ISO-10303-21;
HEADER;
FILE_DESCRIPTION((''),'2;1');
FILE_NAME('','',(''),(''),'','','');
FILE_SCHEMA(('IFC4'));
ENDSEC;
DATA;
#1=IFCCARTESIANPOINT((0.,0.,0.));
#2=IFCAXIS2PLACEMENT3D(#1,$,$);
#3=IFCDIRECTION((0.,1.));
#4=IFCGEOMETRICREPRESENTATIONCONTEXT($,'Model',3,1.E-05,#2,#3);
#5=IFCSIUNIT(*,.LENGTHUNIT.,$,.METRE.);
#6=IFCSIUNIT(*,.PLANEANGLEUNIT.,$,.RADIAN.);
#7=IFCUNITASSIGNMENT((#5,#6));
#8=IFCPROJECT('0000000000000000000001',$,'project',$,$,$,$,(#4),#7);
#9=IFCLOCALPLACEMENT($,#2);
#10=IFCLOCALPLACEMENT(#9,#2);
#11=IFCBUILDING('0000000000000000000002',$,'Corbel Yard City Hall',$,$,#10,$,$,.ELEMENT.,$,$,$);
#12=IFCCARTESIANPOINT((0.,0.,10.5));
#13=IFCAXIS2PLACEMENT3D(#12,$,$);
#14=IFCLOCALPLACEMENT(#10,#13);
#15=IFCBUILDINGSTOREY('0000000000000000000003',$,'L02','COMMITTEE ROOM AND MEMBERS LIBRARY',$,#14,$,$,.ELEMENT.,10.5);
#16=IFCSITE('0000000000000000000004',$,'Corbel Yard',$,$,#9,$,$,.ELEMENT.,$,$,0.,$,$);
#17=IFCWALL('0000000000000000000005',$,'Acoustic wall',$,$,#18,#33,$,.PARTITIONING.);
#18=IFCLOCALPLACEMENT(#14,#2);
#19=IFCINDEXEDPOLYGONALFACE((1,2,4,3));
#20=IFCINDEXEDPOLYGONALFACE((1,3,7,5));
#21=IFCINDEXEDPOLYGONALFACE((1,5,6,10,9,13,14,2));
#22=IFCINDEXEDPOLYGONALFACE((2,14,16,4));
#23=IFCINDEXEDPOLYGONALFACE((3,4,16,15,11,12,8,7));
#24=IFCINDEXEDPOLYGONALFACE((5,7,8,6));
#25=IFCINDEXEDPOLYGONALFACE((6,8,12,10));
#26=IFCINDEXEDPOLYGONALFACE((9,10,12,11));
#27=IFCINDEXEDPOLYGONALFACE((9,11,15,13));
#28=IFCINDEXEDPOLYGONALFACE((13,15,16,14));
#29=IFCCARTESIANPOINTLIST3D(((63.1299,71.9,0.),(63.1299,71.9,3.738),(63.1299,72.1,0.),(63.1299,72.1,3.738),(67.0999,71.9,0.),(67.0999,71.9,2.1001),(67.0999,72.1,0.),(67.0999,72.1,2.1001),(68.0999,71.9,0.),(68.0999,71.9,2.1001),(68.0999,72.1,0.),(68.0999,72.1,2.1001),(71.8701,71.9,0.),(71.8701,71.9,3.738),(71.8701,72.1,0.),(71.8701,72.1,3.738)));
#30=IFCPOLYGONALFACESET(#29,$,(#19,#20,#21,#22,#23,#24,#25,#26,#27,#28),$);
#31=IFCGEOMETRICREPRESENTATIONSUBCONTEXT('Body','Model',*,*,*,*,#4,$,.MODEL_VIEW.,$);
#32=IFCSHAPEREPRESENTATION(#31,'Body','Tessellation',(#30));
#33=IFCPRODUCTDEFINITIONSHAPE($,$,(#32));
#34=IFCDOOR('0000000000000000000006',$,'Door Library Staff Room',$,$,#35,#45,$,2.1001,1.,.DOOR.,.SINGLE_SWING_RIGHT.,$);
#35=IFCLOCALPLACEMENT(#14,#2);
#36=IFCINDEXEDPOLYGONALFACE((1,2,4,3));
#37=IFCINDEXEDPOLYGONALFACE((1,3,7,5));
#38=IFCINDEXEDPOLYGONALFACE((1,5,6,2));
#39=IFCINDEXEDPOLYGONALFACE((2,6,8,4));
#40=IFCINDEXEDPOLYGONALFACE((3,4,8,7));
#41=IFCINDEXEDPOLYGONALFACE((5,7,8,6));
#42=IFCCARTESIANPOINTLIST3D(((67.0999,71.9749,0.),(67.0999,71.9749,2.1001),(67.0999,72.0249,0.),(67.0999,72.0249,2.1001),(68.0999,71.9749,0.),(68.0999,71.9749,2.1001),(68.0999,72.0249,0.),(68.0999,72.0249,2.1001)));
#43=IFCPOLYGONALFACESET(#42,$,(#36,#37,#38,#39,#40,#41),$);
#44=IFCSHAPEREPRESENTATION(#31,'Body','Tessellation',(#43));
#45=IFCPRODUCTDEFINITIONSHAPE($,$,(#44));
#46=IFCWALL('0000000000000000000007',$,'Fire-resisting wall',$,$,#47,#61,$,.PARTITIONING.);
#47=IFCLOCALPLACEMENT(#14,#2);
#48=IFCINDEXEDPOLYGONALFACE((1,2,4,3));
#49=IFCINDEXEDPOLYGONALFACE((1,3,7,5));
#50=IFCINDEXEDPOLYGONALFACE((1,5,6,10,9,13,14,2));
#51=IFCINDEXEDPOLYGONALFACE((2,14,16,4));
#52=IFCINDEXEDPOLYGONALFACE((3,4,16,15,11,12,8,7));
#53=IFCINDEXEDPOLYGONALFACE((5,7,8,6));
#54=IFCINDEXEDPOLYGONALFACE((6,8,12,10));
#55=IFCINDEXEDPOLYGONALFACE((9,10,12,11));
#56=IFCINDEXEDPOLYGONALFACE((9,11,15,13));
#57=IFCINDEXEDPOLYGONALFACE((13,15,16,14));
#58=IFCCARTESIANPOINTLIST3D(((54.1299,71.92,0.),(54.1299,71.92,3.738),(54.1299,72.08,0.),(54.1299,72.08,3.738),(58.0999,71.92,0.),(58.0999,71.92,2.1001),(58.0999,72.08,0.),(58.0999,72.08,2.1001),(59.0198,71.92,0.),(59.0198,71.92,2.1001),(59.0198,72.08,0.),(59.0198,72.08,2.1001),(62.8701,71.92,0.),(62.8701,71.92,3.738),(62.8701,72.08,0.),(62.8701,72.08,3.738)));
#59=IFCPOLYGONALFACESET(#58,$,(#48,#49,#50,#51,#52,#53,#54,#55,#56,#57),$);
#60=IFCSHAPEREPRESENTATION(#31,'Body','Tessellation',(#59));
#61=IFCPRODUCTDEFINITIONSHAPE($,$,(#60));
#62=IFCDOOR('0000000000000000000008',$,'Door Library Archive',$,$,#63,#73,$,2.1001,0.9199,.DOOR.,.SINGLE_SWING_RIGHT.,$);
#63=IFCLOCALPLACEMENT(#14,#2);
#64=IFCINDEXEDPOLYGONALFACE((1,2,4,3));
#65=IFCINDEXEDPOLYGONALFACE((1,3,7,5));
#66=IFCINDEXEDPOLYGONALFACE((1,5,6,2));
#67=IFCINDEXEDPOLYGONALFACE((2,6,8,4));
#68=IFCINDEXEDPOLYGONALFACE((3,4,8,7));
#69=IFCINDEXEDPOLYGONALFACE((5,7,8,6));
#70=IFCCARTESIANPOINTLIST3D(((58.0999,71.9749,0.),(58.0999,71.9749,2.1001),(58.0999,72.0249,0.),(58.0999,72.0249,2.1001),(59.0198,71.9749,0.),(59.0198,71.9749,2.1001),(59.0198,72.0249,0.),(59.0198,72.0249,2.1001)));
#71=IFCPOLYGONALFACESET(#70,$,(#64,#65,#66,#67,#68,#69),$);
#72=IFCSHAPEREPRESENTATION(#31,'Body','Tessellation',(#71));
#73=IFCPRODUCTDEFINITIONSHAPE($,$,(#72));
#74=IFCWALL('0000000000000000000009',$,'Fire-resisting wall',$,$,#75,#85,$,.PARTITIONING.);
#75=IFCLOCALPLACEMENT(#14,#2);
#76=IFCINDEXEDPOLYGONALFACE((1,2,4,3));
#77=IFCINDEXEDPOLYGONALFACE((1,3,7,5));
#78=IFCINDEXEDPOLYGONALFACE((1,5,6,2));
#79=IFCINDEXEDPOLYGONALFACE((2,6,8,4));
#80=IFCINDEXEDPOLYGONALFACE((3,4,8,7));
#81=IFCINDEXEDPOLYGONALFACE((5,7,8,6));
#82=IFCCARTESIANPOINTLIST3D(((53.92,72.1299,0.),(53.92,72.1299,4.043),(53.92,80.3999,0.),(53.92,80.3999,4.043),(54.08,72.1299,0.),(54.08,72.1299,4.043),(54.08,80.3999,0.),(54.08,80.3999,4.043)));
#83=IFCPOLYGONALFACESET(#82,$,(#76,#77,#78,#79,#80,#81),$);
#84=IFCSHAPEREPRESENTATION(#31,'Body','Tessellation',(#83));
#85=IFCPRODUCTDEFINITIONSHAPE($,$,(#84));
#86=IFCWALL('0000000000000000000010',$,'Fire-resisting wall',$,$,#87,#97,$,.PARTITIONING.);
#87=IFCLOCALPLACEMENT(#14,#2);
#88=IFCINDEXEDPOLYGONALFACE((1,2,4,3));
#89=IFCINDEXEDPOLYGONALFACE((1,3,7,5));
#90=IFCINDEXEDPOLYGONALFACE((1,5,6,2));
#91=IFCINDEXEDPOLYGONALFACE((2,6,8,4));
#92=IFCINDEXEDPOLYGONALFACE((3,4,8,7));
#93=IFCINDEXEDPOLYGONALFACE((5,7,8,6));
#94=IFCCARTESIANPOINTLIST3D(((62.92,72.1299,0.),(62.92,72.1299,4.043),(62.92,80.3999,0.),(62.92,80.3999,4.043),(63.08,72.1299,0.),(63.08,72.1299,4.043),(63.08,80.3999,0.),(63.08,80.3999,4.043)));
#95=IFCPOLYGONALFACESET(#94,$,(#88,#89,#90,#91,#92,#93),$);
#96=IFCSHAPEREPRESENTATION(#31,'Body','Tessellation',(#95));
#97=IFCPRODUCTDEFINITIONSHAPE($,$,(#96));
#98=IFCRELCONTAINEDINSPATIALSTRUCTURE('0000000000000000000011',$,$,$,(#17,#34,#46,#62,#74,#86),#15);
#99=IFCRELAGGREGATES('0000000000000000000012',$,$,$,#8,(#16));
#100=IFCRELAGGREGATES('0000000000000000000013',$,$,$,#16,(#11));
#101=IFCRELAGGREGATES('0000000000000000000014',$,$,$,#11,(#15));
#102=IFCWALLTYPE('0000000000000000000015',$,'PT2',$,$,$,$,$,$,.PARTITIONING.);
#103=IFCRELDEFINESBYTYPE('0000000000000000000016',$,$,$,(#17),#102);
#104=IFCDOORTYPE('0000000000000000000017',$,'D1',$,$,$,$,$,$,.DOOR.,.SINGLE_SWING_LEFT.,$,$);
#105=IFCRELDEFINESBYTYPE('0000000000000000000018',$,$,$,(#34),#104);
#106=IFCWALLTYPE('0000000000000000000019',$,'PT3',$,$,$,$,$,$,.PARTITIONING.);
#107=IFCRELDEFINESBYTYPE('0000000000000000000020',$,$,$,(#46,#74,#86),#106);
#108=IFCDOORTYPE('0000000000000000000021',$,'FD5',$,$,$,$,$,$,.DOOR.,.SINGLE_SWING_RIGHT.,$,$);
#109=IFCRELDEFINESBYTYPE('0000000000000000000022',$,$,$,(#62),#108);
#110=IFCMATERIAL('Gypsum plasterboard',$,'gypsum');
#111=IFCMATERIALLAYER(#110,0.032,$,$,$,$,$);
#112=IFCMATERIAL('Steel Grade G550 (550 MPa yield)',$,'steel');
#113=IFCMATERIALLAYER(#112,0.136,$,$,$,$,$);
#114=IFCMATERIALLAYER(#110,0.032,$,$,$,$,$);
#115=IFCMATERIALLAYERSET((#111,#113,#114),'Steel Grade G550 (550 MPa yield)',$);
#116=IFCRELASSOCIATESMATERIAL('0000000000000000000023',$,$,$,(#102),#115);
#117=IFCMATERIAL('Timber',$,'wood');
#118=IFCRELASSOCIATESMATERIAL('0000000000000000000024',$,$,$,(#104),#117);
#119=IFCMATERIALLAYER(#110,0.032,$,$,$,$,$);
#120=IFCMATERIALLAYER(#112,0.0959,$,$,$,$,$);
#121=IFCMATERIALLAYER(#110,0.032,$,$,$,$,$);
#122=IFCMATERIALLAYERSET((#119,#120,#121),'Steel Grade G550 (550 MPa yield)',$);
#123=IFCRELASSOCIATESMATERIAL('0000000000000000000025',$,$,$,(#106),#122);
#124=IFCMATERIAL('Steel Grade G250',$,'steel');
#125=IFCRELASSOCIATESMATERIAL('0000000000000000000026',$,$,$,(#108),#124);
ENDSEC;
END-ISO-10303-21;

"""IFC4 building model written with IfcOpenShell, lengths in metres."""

from ifc_helpers import new_model, si_unit, direction, frame, frame_2d, origin, place, context, subcontext, project, spatial, rectangle, extrude, material, layer, layer_set, type_object, element, fill, save


model = new_model("IFC4")

# Units and contexts
model_context = context("Model", 3, precision=1e-05, world=origin(), true_north=direction((0.0, 1.0)))
body_context = subcontext(model_context, "Body", "Model", "MODEL_VIEW")
ifc_project = project(units=[si_unit("LENGTHUNIT", "METRE"), si_unit("PLANEANGLEUNIT", "RADIAN")], contexts=[model_context])

# Site, building, storey
site_placement = place(None, origin())
site = spatial("IfcSite", under=ifc_project, at=site_placement, Name="Corbel Yard", CompositionType="ELEMENT", RefElevation=0.0)
building_placement = place(site_placement, origin())
building = spatial("IfcBuilding", under=site, at=building_placement, Name="Corbel Yard City Hall", CompositionType="ELEMENT")
storey_placement = place(building_placement, frame((0.0, 0.0, 10.5)))
storey = spatial("IfcBuildingStorey", under=building, at=storey_placement, Name="L02", Description="COMMITTEE ROOM AND MEMBERS LIBRARY", CompositionType="ELEMENT", Elevation=10.5)

# Walls, openings, doors
ifc_material_1 = material(Name="Gypsum plasterboard", Category="gypsum")
ifc_layer_1 = layer(ifc_material_1, 0.032)
ifc_material_2 = material(Name="Steel Grade G550 (550 MPa yield)", Category="steel")
ifc_layer_2 = layer(ifc_material_2, 0.136)
ifc_layer_3 = layer(ifc_material_1, 0.032)
ifc_layer_set_1 = layer_set([ifc_layer_1, ifc_layer_2, ifc_layer_3], Name="Steel Grade G550 (550 MPa yield)")
wall_type_1 = type_object("IfcWallType", Name="PT2", PredefinedType="PARTITIONING", material=ifc_layer_set_1)
ifc_material_3 = material(Name="Timber", Category="wood")
door_type_1 = type_object("IfcDoorType", Name="D1", OperationType="SINGLE_SWING_LEFT", PredefinedType="DOOR", material=ifc_material_3)
wall_1_placement = place(storey_placement, frame((63.1299, 72.0, 0.0), z_axis=(0.0, 0.0, 1.0), x_axis=(1.0, 0.0, 0.0)))
wall_1 = element("IfcWall", 1, at=wall_1_placement, inside=storey, type_object=wall_type_1, Name="Acoustic wall", PredefinedType="PARTITIONING", context=body_context, shape_type="SweptSolid", body=[
    extrude(rectangle(XDim=8.7402, YDim=0.2, at=frame_2d((4.3701, 0.0))), origin(), (0.0, 0.0, 1.0), 3.738),
])
opening_1_placement = place(wall_1_placement, frame((3.97, 0.0, 0.0)))
opening_1 = element("IfcOpeningElement", 2, at=opening_1_placement, cuts=wall_1, PredefinedType="OPENING", context=body_context, shape_type="SweptSolid", body=[
    extrude(rectangle(XDim=1.0, YDim=2.1001, at=frame_2d((0.5, 1.05))), frame((0.0, 0.1099, 0.0), z_axis=(0.0, -1.0, 0.0), x_axis=(1.0, 0.0, 0.0)), (0.0, 0.0, 1.0), 0.22),
])
door_1_placement = place(opening_1_placement, origin())
door_1 = element("IfcDoor", 3, at=door_1_placement, inside=storey, type_object=door_type_1, Name="Door Library Staff Room", OperationType="SINGLE_SWING_RIGHT", OverallHeight=2.1001, OverallWidth=1.0, PredefinedType="DOOR", context=body_context, shape_type="SweptSolid", body=[
    extrude(rectangle(XDim=1.0, YDim=2.1001, at=frame_2d((0.5, 1.05))), frame((0.0, 0.0249, 0.0), z_axis=(0.0, -1.0, 0.0), x_axis=(1.0, 0.0, 0.0)), (0.0, 0.0, 1.0), 0.05),
])
fill(opening_1, door_1)
ifc_layer_4 = layer(ifc_material_1, 0.032)
ifc_layer_5 = layer(ifc_material_2, 0.0959)
ifc_layer_6 = layer(ifc_material_1, 0.032)
ifc_layer_set_2 = layer_set([ifc_layer_4, ifc_layer_5, ifc_layer_6], Name="Steel Grade G550 (550 MPa yield)")
wall_type_2 = type_object("IfcWallType", Name="PT3", PredefinedType="PARTITIONING", material=ifc_layer_set_2)
wall_2_placement = place(storey_placement, frame((54.1299, 72.0, 0.0), z_axis=(0.0, 0.0, 1.0), x_axis=(1.0, 0.0, 0.0)))
wall_2 = element("IfcWall", 4, at=wall_2_placement, inside=storey, type_object=wall_type_2, Name="Fire-resisting wall", PredefinedType="PARTITIONING", context=body_context, shape_type="SweptSolid", body=[
    extrude(rectangle(XDim=8.7402, YDim=0.1599, at=frame_2d((4.3701, 0.0))), origin(), (0.0, 0.0, 1.0), 3.738),
])
opening_2_placement = place(wall_2_placement, frame((3.97, 0.0, 0.0)))
opening_2 = element("IfcOpeningElement", 5, at=opening_2_placement, cuts=wall_2, PredefinedType="OPENING", context=body_context, shape_type="SweptSolid", body=[
    extrude(rectangle(XDim=0.9199, YDim=2.1001, at=frame_2d((0.46, 1.05))), frame((0.0, 0.0898, 0.0), z_axis=(0.0, -1.0, 0.0), x_axis=(1.0, 0.0, 0.0)), (0.0, 0.0, 1.0), 0.1799),
])
ifc_material_4 = material(Name="Steel Grade G250", Category="steel")
door_type_2 = type_object("IfcDoorType", Name="FD5", OperationType="SINGLE_SWING_RIGHT", PredefinedType="DOOR", material=ifc_material_4)
door_2_placement = place(opening_2_placement, origin())
door_2 = element("IfcDoor", 6, at=door_2_placement, inside=storey, type_object=door_type_2, Name="Door Library Archive", OperationType="SINGLE_SWING_RIGHT", OverallHeight=2.1001, OverallWidth=0.9199, PredefinedType="DOOR", context=body_context, shape_type="SweptSolid", body=[
    extrude(rectangle(XDim=0.9199, YDim=2.1001, at=frame_2d((0.46, 1.05))), frame((0.0, 0.0249, 0.0), z_axis=(0.0, -1.0, 0.0), x_axis=(1.0, 0.0, 0.0)), (0.0, 0.0, 1.0), 0.05),
])
fill(opening_2, door_2)

# Walls
for number, where, z_axis, x_axis, name in (
    (7, (54.0, 72.1299, 0.0), (0.0, 0.0, 1.0), (0.0, 1.0, 0.0), "Fire-resisting wall"),
    (8, (63.0, 72.1299, 0.0), (0.0, 0.0, 1.0), (0.0, 1.0, 0.0), "Fire-resisting wall"),
):
    element("IfcWall", number, at=place(storey_placement, frame(where, z_axis=z_axis, x_axis=x_axis)), inside=storey, type_object=wall_type_2, Name=name, PredefinedType="PARTITIONING", context=body_context, shape_type="SweptSolid", body=[
        extrude(rectangle(XDim=8.27, YDim=0.1599, at=frame_2d((4.135, 0.0))), origin(), (0.0, 0.0, 1.0), 4.043),
    ])

save(model, "model.ifc")
